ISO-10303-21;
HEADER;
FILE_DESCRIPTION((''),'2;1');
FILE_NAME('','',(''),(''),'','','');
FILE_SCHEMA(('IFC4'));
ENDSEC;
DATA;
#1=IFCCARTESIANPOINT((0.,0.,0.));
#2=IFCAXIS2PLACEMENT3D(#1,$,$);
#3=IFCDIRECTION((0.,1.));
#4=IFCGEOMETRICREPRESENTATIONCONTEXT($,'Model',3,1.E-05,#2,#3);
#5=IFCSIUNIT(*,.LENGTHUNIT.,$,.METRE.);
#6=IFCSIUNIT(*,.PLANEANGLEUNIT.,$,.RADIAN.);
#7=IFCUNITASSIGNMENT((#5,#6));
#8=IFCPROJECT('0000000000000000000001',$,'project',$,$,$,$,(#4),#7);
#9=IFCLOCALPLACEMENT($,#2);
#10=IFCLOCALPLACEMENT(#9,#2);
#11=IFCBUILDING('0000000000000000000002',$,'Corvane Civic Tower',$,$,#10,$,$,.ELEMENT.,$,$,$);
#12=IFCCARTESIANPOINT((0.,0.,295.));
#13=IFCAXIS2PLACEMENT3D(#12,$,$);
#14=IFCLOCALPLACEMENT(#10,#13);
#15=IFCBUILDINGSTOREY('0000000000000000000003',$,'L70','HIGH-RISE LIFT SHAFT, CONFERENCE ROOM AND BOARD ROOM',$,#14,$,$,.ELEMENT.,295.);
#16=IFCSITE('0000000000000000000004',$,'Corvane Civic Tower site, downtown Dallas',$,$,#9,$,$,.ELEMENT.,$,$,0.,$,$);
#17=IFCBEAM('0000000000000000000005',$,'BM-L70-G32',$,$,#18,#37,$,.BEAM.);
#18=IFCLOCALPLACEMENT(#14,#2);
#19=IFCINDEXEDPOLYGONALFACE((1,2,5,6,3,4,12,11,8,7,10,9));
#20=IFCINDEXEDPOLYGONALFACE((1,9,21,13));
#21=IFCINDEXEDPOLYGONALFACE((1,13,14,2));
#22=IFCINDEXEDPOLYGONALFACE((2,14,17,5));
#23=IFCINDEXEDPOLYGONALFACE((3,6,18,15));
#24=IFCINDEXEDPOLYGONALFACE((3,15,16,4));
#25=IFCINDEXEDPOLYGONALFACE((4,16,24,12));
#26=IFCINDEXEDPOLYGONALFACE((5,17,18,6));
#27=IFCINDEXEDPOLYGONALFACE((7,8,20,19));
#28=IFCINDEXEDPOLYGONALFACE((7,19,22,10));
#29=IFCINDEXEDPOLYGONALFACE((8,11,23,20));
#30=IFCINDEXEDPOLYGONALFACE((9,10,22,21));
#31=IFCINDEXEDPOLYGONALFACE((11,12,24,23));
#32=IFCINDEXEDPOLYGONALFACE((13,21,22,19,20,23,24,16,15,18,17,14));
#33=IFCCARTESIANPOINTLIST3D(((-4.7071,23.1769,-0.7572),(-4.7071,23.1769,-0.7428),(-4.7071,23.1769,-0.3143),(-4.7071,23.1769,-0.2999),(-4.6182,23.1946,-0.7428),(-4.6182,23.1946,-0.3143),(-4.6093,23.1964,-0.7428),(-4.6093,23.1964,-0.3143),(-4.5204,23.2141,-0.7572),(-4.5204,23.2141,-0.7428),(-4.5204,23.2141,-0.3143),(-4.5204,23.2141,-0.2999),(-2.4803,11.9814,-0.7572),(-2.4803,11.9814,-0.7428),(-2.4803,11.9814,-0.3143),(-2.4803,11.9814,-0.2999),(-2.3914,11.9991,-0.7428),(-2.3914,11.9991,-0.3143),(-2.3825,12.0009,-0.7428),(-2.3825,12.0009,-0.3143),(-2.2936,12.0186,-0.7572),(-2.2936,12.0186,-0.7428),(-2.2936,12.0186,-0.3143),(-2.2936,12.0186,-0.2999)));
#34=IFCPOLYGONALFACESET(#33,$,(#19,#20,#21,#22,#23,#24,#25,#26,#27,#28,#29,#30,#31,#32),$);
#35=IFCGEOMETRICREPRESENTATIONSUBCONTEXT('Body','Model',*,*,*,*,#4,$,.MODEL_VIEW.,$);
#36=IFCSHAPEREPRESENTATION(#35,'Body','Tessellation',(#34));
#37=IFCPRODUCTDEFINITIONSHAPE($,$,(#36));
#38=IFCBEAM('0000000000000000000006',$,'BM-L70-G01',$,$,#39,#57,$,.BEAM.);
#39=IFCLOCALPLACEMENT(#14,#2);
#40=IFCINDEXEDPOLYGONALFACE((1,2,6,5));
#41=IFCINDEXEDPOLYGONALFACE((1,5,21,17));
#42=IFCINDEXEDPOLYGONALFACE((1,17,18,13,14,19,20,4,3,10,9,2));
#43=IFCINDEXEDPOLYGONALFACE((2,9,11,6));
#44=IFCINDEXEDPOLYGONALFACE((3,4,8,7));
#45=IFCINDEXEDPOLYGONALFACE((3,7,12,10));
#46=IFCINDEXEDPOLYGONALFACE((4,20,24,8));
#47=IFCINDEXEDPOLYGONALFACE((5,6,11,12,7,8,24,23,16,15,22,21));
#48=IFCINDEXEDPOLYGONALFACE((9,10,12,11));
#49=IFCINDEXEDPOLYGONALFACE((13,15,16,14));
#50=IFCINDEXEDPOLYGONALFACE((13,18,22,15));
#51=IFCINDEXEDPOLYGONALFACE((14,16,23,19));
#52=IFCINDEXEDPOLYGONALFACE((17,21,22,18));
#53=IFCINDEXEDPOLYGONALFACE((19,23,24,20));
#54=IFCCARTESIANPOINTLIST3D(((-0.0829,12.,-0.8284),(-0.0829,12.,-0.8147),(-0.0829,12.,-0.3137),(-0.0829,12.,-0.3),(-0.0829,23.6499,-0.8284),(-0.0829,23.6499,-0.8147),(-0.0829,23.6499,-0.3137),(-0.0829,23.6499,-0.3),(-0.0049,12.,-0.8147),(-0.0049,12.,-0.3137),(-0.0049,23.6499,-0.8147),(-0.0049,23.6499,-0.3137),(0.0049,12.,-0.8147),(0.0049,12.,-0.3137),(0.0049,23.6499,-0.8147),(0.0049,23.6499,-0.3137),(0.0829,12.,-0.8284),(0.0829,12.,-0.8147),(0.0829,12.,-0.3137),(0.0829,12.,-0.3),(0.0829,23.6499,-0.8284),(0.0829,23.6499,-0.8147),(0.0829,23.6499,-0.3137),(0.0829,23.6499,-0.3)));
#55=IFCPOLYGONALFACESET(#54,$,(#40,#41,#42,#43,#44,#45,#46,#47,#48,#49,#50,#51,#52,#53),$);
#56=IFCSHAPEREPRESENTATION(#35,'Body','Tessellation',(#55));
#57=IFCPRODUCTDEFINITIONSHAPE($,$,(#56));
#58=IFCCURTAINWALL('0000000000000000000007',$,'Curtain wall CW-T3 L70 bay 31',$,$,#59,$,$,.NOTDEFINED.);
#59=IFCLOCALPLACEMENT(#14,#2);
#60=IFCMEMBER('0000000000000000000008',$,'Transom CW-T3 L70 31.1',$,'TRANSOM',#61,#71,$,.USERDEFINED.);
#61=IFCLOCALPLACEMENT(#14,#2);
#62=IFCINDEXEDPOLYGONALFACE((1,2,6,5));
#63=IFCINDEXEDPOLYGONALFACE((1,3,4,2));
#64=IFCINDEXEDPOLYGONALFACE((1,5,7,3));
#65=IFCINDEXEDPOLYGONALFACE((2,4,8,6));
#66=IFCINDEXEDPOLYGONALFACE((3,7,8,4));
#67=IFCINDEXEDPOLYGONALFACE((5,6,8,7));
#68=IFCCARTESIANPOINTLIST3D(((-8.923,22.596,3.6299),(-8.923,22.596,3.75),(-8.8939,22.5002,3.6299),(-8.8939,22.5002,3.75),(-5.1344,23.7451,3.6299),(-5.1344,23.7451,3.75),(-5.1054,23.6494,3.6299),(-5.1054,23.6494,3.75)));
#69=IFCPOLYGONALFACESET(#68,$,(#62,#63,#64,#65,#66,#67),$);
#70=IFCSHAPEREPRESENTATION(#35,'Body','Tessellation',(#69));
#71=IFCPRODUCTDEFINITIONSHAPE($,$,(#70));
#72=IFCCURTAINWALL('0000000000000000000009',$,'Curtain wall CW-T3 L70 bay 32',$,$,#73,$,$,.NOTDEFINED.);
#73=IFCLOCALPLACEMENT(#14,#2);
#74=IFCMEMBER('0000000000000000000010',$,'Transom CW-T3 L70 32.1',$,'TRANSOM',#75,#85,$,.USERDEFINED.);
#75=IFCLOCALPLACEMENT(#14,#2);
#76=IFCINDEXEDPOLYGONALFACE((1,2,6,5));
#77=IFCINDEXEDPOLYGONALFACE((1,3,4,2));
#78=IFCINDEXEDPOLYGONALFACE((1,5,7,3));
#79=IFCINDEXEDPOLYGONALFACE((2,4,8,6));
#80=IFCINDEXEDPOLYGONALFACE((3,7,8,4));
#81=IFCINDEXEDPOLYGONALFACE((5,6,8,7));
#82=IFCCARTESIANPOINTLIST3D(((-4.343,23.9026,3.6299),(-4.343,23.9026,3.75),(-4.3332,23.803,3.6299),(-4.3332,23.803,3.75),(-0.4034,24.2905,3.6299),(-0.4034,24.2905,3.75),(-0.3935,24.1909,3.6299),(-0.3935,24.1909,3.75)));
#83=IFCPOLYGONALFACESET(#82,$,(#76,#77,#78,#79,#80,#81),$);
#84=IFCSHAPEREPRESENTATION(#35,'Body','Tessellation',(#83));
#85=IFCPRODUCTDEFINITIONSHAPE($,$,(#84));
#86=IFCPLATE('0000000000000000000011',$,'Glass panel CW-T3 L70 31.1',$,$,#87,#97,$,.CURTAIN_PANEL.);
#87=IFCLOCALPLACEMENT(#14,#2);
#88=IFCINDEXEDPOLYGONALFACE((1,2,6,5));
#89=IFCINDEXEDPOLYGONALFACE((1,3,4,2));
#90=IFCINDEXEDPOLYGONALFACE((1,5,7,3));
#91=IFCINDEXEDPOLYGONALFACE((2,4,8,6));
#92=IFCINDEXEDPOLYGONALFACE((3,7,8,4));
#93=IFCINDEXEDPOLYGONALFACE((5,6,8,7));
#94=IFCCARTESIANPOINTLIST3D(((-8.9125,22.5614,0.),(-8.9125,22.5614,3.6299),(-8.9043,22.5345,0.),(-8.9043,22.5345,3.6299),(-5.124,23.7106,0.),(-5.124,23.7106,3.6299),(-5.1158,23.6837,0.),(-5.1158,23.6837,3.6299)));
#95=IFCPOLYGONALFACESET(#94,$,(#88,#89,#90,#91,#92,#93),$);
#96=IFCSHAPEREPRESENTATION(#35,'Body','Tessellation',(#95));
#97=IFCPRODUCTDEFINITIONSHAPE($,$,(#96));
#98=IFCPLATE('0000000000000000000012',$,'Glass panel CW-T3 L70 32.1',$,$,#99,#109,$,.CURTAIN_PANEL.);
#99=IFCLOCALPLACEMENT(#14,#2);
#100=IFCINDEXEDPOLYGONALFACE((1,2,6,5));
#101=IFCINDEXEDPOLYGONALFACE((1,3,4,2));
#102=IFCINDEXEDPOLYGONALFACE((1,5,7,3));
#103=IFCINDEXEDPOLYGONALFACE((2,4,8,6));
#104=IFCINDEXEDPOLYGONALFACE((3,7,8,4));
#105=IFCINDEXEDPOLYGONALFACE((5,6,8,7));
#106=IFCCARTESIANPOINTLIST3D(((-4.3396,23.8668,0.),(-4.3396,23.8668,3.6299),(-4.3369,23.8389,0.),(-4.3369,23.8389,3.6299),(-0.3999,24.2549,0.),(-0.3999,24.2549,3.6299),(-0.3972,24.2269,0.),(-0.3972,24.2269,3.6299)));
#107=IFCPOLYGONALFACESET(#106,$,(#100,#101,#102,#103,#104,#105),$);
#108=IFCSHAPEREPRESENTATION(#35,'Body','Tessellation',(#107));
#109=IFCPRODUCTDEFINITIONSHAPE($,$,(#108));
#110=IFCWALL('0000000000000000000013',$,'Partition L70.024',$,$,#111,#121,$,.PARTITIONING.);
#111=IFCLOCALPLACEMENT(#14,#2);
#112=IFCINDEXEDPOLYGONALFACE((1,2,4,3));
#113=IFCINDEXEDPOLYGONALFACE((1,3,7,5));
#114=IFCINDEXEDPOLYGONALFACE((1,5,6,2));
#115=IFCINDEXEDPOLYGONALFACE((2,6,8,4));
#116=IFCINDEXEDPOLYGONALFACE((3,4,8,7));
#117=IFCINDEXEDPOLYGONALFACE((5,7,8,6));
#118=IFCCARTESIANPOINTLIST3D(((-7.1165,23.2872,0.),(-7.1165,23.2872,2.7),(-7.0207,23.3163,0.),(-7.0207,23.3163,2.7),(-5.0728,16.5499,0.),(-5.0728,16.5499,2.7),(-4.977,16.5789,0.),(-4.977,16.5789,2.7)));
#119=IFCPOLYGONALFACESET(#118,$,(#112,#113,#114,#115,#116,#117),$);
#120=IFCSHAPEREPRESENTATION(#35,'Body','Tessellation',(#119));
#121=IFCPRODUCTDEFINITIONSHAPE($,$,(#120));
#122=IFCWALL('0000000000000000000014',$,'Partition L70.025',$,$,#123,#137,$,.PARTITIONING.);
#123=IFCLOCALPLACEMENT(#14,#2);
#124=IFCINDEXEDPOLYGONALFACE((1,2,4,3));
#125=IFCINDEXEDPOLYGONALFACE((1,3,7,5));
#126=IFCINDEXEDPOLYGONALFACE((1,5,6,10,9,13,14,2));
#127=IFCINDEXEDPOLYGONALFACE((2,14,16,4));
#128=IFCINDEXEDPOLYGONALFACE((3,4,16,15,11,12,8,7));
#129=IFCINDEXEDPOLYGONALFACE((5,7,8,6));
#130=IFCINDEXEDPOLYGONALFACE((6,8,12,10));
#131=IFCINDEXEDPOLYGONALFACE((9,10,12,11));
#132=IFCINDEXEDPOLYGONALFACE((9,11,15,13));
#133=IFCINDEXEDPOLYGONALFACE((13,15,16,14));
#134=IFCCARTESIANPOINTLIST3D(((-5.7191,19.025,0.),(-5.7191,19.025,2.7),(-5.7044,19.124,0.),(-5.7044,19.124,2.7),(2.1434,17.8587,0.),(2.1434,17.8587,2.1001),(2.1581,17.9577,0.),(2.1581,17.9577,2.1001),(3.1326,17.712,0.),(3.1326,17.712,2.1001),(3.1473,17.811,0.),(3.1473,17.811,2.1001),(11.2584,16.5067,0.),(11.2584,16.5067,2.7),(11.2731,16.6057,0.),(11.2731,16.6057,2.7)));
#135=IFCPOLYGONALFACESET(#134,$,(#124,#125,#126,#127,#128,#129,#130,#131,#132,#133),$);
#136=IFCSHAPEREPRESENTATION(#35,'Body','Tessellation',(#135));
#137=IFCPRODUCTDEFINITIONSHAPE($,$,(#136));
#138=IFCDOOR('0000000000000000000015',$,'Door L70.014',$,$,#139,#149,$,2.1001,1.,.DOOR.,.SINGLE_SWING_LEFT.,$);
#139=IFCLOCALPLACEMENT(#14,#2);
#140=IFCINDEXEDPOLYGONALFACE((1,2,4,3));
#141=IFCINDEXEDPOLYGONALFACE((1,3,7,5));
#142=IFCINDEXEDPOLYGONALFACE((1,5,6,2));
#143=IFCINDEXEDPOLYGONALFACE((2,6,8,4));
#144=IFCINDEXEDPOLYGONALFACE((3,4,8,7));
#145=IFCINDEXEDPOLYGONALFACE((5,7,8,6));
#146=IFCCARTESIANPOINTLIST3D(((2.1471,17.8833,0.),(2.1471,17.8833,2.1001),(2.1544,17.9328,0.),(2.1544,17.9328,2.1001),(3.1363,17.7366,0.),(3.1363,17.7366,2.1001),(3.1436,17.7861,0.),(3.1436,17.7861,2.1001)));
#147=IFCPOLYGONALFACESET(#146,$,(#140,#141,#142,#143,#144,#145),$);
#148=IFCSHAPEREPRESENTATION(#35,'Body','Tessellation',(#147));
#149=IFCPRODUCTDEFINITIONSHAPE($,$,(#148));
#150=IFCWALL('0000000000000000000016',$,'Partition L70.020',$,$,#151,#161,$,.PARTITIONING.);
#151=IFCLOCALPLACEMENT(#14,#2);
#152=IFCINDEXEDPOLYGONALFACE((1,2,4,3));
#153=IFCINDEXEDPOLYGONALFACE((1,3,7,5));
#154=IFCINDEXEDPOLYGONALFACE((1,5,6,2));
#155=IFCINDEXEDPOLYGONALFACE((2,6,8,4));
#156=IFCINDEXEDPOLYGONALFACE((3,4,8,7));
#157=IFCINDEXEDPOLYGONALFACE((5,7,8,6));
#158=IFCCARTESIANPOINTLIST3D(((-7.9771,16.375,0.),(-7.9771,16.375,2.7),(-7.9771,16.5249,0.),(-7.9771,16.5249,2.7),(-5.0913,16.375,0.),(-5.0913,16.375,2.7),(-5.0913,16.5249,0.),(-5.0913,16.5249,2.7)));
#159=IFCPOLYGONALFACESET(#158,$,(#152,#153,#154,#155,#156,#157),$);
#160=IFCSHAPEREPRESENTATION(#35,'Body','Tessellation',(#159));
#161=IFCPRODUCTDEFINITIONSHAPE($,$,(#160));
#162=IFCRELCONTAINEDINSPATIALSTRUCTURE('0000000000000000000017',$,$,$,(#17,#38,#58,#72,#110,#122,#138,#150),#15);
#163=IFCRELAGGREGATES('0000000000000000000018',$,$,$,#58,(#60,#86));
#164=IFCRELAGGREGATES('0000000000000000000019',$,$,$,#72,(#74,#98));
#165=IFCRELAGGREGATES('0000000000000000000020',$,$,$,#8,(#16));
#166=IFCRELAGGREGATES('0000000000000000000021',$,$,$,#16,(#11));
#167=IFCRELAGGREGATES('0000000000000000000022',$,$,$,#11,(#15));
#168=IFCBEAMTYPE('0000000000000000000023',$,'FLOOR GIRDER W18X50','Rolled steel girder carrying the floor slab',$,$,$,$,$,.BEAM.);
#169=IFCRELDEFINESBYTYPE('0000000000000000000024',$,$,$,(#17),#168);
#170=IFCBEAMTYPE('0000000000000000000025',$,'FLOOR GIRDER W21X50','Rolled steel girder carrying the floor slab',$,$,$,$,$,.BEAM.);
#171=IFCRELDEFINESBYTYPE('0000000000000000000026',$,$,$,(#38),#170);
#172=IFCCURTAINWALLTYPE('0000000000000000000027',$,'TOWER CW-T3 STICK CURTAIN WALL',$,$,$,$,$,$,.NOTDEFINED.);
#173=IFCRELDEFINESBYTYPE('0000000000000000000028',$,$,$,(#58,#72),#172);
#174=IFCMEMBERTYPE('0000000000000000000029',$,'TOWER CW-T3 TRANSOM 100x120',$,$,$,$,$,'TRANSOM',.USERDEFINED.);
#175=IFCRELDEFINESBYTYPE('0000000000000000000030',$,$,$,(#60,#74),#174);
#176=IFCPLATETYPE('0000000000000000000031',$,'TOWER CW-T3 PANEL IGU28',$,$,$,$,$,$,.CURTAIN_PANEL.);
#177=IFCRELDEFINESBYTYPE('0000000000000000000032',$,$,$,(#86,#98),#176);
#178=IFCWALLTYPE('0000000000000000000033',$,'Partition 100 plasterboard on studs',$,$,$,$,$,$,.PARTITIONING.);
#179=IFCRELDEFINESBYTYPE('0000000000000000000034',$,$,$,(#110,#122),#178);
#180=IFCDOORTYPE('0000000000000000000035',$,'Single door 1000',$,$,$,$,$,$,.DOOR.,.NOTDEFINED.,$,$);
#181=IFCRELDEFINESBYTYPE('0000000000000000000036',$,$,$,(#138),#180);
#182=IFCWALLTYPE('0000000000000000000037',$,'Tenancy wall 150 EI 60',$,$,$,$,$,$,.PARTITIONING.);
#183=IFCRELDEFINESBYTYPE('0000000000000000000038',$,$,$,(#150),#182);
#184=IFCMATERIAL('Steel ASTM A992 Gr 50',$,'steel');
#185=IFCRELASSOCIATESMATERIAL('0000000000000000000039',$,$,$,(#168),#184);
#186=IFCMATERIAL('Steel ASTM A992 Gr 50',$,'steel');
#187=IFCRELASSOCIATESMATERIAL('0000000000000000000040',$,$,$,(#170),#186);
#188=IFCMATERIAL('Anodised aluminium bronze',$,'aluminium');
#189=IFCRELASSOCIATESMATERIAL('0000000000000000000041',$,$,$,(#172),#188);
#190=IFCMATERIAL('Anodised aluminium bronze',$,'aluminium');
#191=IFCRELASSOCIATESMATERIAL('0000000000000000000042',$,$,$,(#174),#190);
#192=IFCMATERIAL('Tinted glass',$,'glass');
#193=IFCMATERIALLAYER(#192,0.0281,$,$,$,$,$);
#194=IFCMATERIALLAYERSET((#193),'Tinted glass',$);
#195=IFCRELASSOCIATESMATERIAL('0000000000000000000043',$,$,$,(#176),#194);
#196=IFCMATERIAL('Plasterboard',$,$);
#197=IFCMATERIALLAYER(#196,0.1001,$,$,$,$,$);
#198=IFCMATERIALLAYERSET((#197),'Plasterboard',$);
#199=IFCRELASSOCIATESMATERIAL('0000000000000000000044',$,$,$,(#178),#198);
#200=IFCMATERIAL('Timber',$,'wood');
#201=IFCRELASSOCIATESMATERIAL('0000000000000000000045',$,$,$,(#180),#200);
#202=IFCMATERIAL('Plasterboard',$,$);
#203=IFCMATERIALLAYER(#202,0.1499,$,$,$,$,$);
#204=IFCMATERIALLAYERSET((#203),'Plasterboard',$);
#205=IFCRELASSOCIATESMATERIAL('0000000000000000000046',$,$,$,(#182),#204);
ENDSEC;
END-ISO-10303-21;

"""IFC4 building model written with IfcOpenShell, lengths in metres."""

from ifc_helpers import new_model, si_unit, direction, frame, frame_2d, origin, origin_2d, place, context, subcontext, project, spatial, rectangle, i_section, extrude, material, layer, layer_set, material_profile, profile_set, type_object, element, fill, aggregate, save


model = new_model("IFC4")

# Units and contexts
model_context = context("Model", 3, precision=1e-05, world=origin(), true_north=direction((0.0, 1.0)))
body_context = subcontext(model_context, "Body", "Model", "MODEL_VIEW")
ifc_project = project(units=[si_unit("LENGTHUNIT", "METRE"), si_unit("PLANEANGLEUNIT", "RADIAN")], contexts=[model_context])

# Site, building, storey
site_placement = place(None, origin())
site = spatial("IfcSite", under=ifc_project, at=site_placement, Name="Corvane Civic Tower site, downtown Dallas", CompositionType="ELEMENT", RefElevation=0.0)
building_placement = place(site_placement, origin())
building = spatial("IfcBuilding", under=site, at=building_placement, Name="Corvane Civic Tower", CompositionType="ELEMENT")
storey_placement = place(building_placement, frame((0.0, 0.0, 295.0)))
storey = spatial("IfcBuildingStorey", under=building, at=storey_placement, Name="L70", Description="HIGH-RISE LIFT SHAFT, CONFERENCE ROOM AND BOARD ROOM", CompositionType="ELEMENT", Elevation=295.0)

# Beams
ifc_material_1 = material(Name="Steel ASTM A992 Gr 50", Category="steel")
ifc_material_profile_1 = material_profile(ifc_material_1, i_section(OverallWidth=0.1904, OverallDepth=0.4573, WebThickness=0.009, FlangeThickness=0.0144, at=origin_2d()), Name="W18X50")
ifc_profile_set_1 = profile_set([ifc_material_profile_1], Name="Steel ASTM A992 Gr 50")
beam_type_1 = type_object("IfcBeamType", Name="FLOOR GIRDER W18X50", Description="Rolled steel girder carrying the floor slab", PredefinedType="BEAM", material=ifc_profile_set_1)
beam_1_placement = place(storey_placement, frame((-2.387, 12.0, -0.5286), z_axis=(-0.19508, 0.980787, 0.0), x_axis=(-0.980787, -0.19508, 0.0)))
element("IfcBeam", 1, at=beam_1_placement, inside=storey, type_object=beam_type_1, Name="BM-L70-G32", PredefinedType="BEAM", context=body_context, shape_type="SweptSolid", body=[
    extrude(i_section(OverallWidth=0.1904, OverallDepth=0.4573, WebThickness=0.009, FlangeThickness=0.0144, at=origin_2d()), origin(), (0.0, 0.0, 1.0), 11.4148),
])
ifc_material_2 = material(Name="Steel ASTM A992 Gr 50", Category="steel")
ifc_material_profile_2 = material_profile(ifc_material_2, i_section(OverallWidth=0.1658, OverallDepth=0.5283, WebThickness=0.0098, FlangeThickness=0.0137, at=origin_2d()), Name="W21X50")
ifc_profile_set_2 = profile_set([ifc_material_profile_2], Name="Steel ASTM A992 Gr 50")
beam_type_2 = type_object("IfcBeamType", Name="FLOOR GIRDER W21X50", Description="Rolled steel girder carrying the floor slab", PredefinedType="BEAM", material=ifc_profile_set_2)
beam_2_placement = place(storey_placement, frame((0.0, 12.0, -0.5642), z_axis=(0.0, 1.0, 0.0), x_axis=(-1.0, 0.0, 0.0)))
element("IfcBeam", 2, at=beam_2_placement, inside=storey, type_object=beam_type_2, Name="BM-L70-G01", PredefinedType="BEAM", context=body_context, shape_type="SweptSolid", body=[
    extrude(i_section(OverallWidth=0.1658, OverallDepth=0.5283, WebThickness=0.0098, FlangeThickness=0.0137, at=origin_2d()), origin(), (0.0, 0.0, 1.0), 11.6499),
])

# Curtain walls, members
ifc_material_3 = material(Name="Anodised aluminium bronze", Category="aluminium")
curtain_wall_type = type_object("IfcCurtainWallType", Name="TOWER CW-T3 STICK CURTAIN WALL", PredefinedType="NOTDEFINED", material=ifc_material_3)
curtain_wall_1_placement = place(storey_placement, origin())
curtain_wall_1 = element("IfcCurtainWall", 3, at=curtain_wall_1_placement, inside=storey, type_object=curtain_wall_type, Name="Curtain wall CW-T3 L70 bay 31", PredefinedType="NOTDEFINED")
ifc_material_4 = material(Name="Anodised aluminium bronze", Category="aluminium")
ifc_material_profile_3 = material_profile(ifc_material_4, rectangle(XDim=0.1001, YDim=0.1201, at=origin_2d()), Name="TOWER CW-T3 TRANSOM 100x120")
ifc_profile_set_3 = profile_set([ifc_material_profile_3], Name="Anodised aluminium bronze")
member_type = type_object("IfcMemberType", Name="TOWER CW-T3 TRANSOM 100x120", ElementType="TRANSOM", PredefinedType="USERDEFINED", material=ifc_profile_set_3)
member_1_placement = place(storey_placement, frame((-8.9084, 22.5481, 3.6899), z_axis=(0.956946, 0.290266, 0.0), x_axis=(-0.290266, 0.956946, 0.0)))
member_1 = element("IfcMember", 4, at=member_1_placement, type_object=member_type, Name="Transom CW-T3 L70 31.1", ObjectType="TRANSOM", PredefinedType="USERDEFINED", context=body_context, shape_type="SweptSolid", body=[
    extrude(rectangle(XDim=0.1001, YDim=0.1201, at=origin_2d()), origin(), (0.0, 0.0, 1.0), 3.959),
])
curtain_wall_2_placement = place(storey_placement, origin())
curtain_wall_2 = element("IfcCurtainWall", 5, at=curtain_wall_2_placement, inside=storey, type_object=curtain_wall_type, Name="Curtain wall CW-T3 L70 bay 32", PredefinedType="NOTDEFINED")
member_2_placement = place(storey_placement, frame((-4.3381, 23.8528, 3.6899), z_axis=(0.995187, 0.097995, 0.0), x_axis=(-0.097995, 0.995187, 0.0)))
member_2 = element("IfcMember", 6, at=member_2_placement, type_object=member_type, Name="Transom CW-T3 L70 32.1", ObjectType="TRANSOM", PredefinedType="USERDEFINED", context=body_context, shape_type="SweptSolid", body=[
    extrude(rectangle(XDim=0.1001, YDim=0.1201, at=origin_2d()), origin(), (0.0, 0.0, 1.0), 3.9587),
])

# Plates
ifc_material_5 = material(Name="Tinted glass", Category="glass")
ifc_layer_1 = layer(ifc_material_5, 0.0281)
ifc_layer_set_1 = layer_set([ifc_layer_1], Name="Tinted glass")
plate_type = type_object("IfcPlateType", Name="TOWER CW-T3 PANEL IGU28", PredefinedType="CURTAIN_PANEL", material=ifc_layer_set_1)
plate_1_placement = place(storey_placement, frame((-7.0142, 23.1226, 0.0), z_axis=(0.0, 0.0, 1.0), x_axis=(0.956944, 0.290274, 0.0)))
plate_1 = element("IfcPlate", 7, at=plate_1_placement, type_object=plate_type, Name="Glass panel CW-T3 L70 31.1", PredefinedType="CURTAIN_PANEL", context=body_context, shape_type="SweptSolid", body=[
    extrude(rectangle(XDim=3.959, YDim=0.0281, at=origin_2d()), origin(), (0.0, 0.0, 1.0), 3.6299),
])
aggregate(curtain_wall_1, [member_1, plate_1])
plate_2_placement = place(storey_placement, frame((-2.3684, 24.0469, 0.0), z_axis=(0.0, 0.0, 1.0), x_axis=(0.995184, 0.098021, 0.0)))
plate_2 = element("IfcPlate", 8, at=plate_2_placement, type_object=plate_type, Name="Glass panel CW-T3 L70 32.1", PredefinedType="CURTAIN_PANEL", context=body_context, shape_type="SweptSolid", body=[
    extrude(rectangle(XDim=3.9587, YDim=0.0281, at=origin_2d()), origin(), (0.0, 0.0, 1.0), 3.6299),
])
aggregate(curtain_wall_2, [member_2, plate_2])

# Wall
ifc_material_6 = material(Name="Plasterboard")
ifc_layer_2 = layer(ifc_material_6, 0.1001)
ifc_layer_set_2 = layer_set([ifc_layer_2], Name="Plasterboard")
wall_type_1 = type_object("IfcWallType", Name="Partition 100 plasterboard on studs", PredefinedType="PARTITIONING", material=ifc_layer_set_2)
wall_1_placement = place(storey_placement, frame((-7.0686, 23.3018, 0.0), z_axis=(0.0, 0.0, 1.0), x_axis=(0.29028, -0.956942, 0.0)))
element("IfcWall", 9, at=wall_1_placement, inside=storey, type_object=wall_type_1, Name="Partition L70.024", PredefinedType="PARTITIONING", context=body_context, shape_type="SweptSolid", body=[
    extrude(rectangle(XDim=7.0405, YDim=0.1001, at=frame_2d((3.5203, 0.0))), origin(), (0.0, 0.0, 1.0), 2.7),
])

# Wall, opening, door
wall_2_placement = place(storey_placement, frame((-5.7117, 19.0745, 0.0), z_axis=(0.0, 0.0, 1.0), x_axis=(0.989177, -0.146727, 0.0)))
wall_2 = element("IfcWall", 10, at=wall_2_placement, inside=storey, type_object=wall_type_1, Name="Partition L70.025", PredefinedType="PARTITIONING", context=body_context, shape_type="SweptSolid", body=[
    extrude(rectangle(XDim=17.1633, YDim=0.1001, at=frame_2d((8.5815, 0.0))), origin(), (0.0, 0.0, 1.0), 2.7),
])
opening_1_placement = place(wall_2_placement, frame((7.9485, 0.0, 0.0)))
opening_1 = element("IfcOpeningElement", 11, at=opening_1_placement, cuts=wall_2, PredefinedType="OPENING", context=body_context, shape_type="SweptSolid", body=[
    extrude(rectangle(XDim=1.0, YDim=2.1001, at=frame_2d((0.5, 1.05))), frame((0.0, 0.0601, 0.0), z_axis=(0.0, -1.0, 0.0), x_axis=(1.0, 0.0, 0.0)), (0.0, 0.0, 1.0), 0.1201),
])
ifc_material_7 = material(Name="Timber", Category="wood")
door_type_1 = type_object("IfcDoorType", Name="Single door 1000", OperationType="NOTDEFINED", PredefinedType="DOOR", material=ifc_material_7)
door_1_placement = place(opening_1_placement, origin())
door_1 = element("IfcDoor", 12, at=door_1_placement, inside=storey, type_object=door_type_1, Name="Door L70.014", OperationType="SINGLE_SWING_LEFT", OverallHeight=2.1001, OverallWidth=1.0, PredefinedType="DOOR", context=body_context, shape_type="SweptSolid", body=[
    extrude(rectangle(XDim=1.0, YDim=2.1001, at=frame_2d((0.5, 1.05))), frame((0.0, 0.0249, 0.0), z_axis=(0.0, -1.0, 0.0), x_axis=(1.0, 0.0, 0.0)), (0.0, 0.0, 1.0), 0.05),
])
fill(opening_1, door_1)

# Wall
ifc_material_8 = material(Name="Plasterboard")
ifc_layer_3 = layer(ifc_material_8, 0.1499)
ifc_layer_set_3 = layer_set([ifc_layer_3], Name="Plasterboard")
wall_type_2 = type_object("IfcWallType", Name="Tenancy wall 150 EI 60", PredefinedType="PARTITIONING", material=ifc_layer_set_3)
wall_3_placement = place(storey_placement, frame((-7.9771, 16.45, 0.0), z_axis=(0.0, 0.0, 1.0), x_axis=(1.0, 0.0, 0.0)))
element("IfcWall", 13, at=wall_3_placement, inside=storey, type_object=wall_type_2, Name="Partition L70.020", PredefinedType="PARTITIONING", context=body_context, shape_type="SweptSolid", body=[
    extrude(rectangle(XDim=2.8857, YDim=0.1499, at=frame_2d((1.4429, 0.0))), origin(), (0.0, 0.0, 1.0), 2.7),
])

save(model, "model.ifc")
